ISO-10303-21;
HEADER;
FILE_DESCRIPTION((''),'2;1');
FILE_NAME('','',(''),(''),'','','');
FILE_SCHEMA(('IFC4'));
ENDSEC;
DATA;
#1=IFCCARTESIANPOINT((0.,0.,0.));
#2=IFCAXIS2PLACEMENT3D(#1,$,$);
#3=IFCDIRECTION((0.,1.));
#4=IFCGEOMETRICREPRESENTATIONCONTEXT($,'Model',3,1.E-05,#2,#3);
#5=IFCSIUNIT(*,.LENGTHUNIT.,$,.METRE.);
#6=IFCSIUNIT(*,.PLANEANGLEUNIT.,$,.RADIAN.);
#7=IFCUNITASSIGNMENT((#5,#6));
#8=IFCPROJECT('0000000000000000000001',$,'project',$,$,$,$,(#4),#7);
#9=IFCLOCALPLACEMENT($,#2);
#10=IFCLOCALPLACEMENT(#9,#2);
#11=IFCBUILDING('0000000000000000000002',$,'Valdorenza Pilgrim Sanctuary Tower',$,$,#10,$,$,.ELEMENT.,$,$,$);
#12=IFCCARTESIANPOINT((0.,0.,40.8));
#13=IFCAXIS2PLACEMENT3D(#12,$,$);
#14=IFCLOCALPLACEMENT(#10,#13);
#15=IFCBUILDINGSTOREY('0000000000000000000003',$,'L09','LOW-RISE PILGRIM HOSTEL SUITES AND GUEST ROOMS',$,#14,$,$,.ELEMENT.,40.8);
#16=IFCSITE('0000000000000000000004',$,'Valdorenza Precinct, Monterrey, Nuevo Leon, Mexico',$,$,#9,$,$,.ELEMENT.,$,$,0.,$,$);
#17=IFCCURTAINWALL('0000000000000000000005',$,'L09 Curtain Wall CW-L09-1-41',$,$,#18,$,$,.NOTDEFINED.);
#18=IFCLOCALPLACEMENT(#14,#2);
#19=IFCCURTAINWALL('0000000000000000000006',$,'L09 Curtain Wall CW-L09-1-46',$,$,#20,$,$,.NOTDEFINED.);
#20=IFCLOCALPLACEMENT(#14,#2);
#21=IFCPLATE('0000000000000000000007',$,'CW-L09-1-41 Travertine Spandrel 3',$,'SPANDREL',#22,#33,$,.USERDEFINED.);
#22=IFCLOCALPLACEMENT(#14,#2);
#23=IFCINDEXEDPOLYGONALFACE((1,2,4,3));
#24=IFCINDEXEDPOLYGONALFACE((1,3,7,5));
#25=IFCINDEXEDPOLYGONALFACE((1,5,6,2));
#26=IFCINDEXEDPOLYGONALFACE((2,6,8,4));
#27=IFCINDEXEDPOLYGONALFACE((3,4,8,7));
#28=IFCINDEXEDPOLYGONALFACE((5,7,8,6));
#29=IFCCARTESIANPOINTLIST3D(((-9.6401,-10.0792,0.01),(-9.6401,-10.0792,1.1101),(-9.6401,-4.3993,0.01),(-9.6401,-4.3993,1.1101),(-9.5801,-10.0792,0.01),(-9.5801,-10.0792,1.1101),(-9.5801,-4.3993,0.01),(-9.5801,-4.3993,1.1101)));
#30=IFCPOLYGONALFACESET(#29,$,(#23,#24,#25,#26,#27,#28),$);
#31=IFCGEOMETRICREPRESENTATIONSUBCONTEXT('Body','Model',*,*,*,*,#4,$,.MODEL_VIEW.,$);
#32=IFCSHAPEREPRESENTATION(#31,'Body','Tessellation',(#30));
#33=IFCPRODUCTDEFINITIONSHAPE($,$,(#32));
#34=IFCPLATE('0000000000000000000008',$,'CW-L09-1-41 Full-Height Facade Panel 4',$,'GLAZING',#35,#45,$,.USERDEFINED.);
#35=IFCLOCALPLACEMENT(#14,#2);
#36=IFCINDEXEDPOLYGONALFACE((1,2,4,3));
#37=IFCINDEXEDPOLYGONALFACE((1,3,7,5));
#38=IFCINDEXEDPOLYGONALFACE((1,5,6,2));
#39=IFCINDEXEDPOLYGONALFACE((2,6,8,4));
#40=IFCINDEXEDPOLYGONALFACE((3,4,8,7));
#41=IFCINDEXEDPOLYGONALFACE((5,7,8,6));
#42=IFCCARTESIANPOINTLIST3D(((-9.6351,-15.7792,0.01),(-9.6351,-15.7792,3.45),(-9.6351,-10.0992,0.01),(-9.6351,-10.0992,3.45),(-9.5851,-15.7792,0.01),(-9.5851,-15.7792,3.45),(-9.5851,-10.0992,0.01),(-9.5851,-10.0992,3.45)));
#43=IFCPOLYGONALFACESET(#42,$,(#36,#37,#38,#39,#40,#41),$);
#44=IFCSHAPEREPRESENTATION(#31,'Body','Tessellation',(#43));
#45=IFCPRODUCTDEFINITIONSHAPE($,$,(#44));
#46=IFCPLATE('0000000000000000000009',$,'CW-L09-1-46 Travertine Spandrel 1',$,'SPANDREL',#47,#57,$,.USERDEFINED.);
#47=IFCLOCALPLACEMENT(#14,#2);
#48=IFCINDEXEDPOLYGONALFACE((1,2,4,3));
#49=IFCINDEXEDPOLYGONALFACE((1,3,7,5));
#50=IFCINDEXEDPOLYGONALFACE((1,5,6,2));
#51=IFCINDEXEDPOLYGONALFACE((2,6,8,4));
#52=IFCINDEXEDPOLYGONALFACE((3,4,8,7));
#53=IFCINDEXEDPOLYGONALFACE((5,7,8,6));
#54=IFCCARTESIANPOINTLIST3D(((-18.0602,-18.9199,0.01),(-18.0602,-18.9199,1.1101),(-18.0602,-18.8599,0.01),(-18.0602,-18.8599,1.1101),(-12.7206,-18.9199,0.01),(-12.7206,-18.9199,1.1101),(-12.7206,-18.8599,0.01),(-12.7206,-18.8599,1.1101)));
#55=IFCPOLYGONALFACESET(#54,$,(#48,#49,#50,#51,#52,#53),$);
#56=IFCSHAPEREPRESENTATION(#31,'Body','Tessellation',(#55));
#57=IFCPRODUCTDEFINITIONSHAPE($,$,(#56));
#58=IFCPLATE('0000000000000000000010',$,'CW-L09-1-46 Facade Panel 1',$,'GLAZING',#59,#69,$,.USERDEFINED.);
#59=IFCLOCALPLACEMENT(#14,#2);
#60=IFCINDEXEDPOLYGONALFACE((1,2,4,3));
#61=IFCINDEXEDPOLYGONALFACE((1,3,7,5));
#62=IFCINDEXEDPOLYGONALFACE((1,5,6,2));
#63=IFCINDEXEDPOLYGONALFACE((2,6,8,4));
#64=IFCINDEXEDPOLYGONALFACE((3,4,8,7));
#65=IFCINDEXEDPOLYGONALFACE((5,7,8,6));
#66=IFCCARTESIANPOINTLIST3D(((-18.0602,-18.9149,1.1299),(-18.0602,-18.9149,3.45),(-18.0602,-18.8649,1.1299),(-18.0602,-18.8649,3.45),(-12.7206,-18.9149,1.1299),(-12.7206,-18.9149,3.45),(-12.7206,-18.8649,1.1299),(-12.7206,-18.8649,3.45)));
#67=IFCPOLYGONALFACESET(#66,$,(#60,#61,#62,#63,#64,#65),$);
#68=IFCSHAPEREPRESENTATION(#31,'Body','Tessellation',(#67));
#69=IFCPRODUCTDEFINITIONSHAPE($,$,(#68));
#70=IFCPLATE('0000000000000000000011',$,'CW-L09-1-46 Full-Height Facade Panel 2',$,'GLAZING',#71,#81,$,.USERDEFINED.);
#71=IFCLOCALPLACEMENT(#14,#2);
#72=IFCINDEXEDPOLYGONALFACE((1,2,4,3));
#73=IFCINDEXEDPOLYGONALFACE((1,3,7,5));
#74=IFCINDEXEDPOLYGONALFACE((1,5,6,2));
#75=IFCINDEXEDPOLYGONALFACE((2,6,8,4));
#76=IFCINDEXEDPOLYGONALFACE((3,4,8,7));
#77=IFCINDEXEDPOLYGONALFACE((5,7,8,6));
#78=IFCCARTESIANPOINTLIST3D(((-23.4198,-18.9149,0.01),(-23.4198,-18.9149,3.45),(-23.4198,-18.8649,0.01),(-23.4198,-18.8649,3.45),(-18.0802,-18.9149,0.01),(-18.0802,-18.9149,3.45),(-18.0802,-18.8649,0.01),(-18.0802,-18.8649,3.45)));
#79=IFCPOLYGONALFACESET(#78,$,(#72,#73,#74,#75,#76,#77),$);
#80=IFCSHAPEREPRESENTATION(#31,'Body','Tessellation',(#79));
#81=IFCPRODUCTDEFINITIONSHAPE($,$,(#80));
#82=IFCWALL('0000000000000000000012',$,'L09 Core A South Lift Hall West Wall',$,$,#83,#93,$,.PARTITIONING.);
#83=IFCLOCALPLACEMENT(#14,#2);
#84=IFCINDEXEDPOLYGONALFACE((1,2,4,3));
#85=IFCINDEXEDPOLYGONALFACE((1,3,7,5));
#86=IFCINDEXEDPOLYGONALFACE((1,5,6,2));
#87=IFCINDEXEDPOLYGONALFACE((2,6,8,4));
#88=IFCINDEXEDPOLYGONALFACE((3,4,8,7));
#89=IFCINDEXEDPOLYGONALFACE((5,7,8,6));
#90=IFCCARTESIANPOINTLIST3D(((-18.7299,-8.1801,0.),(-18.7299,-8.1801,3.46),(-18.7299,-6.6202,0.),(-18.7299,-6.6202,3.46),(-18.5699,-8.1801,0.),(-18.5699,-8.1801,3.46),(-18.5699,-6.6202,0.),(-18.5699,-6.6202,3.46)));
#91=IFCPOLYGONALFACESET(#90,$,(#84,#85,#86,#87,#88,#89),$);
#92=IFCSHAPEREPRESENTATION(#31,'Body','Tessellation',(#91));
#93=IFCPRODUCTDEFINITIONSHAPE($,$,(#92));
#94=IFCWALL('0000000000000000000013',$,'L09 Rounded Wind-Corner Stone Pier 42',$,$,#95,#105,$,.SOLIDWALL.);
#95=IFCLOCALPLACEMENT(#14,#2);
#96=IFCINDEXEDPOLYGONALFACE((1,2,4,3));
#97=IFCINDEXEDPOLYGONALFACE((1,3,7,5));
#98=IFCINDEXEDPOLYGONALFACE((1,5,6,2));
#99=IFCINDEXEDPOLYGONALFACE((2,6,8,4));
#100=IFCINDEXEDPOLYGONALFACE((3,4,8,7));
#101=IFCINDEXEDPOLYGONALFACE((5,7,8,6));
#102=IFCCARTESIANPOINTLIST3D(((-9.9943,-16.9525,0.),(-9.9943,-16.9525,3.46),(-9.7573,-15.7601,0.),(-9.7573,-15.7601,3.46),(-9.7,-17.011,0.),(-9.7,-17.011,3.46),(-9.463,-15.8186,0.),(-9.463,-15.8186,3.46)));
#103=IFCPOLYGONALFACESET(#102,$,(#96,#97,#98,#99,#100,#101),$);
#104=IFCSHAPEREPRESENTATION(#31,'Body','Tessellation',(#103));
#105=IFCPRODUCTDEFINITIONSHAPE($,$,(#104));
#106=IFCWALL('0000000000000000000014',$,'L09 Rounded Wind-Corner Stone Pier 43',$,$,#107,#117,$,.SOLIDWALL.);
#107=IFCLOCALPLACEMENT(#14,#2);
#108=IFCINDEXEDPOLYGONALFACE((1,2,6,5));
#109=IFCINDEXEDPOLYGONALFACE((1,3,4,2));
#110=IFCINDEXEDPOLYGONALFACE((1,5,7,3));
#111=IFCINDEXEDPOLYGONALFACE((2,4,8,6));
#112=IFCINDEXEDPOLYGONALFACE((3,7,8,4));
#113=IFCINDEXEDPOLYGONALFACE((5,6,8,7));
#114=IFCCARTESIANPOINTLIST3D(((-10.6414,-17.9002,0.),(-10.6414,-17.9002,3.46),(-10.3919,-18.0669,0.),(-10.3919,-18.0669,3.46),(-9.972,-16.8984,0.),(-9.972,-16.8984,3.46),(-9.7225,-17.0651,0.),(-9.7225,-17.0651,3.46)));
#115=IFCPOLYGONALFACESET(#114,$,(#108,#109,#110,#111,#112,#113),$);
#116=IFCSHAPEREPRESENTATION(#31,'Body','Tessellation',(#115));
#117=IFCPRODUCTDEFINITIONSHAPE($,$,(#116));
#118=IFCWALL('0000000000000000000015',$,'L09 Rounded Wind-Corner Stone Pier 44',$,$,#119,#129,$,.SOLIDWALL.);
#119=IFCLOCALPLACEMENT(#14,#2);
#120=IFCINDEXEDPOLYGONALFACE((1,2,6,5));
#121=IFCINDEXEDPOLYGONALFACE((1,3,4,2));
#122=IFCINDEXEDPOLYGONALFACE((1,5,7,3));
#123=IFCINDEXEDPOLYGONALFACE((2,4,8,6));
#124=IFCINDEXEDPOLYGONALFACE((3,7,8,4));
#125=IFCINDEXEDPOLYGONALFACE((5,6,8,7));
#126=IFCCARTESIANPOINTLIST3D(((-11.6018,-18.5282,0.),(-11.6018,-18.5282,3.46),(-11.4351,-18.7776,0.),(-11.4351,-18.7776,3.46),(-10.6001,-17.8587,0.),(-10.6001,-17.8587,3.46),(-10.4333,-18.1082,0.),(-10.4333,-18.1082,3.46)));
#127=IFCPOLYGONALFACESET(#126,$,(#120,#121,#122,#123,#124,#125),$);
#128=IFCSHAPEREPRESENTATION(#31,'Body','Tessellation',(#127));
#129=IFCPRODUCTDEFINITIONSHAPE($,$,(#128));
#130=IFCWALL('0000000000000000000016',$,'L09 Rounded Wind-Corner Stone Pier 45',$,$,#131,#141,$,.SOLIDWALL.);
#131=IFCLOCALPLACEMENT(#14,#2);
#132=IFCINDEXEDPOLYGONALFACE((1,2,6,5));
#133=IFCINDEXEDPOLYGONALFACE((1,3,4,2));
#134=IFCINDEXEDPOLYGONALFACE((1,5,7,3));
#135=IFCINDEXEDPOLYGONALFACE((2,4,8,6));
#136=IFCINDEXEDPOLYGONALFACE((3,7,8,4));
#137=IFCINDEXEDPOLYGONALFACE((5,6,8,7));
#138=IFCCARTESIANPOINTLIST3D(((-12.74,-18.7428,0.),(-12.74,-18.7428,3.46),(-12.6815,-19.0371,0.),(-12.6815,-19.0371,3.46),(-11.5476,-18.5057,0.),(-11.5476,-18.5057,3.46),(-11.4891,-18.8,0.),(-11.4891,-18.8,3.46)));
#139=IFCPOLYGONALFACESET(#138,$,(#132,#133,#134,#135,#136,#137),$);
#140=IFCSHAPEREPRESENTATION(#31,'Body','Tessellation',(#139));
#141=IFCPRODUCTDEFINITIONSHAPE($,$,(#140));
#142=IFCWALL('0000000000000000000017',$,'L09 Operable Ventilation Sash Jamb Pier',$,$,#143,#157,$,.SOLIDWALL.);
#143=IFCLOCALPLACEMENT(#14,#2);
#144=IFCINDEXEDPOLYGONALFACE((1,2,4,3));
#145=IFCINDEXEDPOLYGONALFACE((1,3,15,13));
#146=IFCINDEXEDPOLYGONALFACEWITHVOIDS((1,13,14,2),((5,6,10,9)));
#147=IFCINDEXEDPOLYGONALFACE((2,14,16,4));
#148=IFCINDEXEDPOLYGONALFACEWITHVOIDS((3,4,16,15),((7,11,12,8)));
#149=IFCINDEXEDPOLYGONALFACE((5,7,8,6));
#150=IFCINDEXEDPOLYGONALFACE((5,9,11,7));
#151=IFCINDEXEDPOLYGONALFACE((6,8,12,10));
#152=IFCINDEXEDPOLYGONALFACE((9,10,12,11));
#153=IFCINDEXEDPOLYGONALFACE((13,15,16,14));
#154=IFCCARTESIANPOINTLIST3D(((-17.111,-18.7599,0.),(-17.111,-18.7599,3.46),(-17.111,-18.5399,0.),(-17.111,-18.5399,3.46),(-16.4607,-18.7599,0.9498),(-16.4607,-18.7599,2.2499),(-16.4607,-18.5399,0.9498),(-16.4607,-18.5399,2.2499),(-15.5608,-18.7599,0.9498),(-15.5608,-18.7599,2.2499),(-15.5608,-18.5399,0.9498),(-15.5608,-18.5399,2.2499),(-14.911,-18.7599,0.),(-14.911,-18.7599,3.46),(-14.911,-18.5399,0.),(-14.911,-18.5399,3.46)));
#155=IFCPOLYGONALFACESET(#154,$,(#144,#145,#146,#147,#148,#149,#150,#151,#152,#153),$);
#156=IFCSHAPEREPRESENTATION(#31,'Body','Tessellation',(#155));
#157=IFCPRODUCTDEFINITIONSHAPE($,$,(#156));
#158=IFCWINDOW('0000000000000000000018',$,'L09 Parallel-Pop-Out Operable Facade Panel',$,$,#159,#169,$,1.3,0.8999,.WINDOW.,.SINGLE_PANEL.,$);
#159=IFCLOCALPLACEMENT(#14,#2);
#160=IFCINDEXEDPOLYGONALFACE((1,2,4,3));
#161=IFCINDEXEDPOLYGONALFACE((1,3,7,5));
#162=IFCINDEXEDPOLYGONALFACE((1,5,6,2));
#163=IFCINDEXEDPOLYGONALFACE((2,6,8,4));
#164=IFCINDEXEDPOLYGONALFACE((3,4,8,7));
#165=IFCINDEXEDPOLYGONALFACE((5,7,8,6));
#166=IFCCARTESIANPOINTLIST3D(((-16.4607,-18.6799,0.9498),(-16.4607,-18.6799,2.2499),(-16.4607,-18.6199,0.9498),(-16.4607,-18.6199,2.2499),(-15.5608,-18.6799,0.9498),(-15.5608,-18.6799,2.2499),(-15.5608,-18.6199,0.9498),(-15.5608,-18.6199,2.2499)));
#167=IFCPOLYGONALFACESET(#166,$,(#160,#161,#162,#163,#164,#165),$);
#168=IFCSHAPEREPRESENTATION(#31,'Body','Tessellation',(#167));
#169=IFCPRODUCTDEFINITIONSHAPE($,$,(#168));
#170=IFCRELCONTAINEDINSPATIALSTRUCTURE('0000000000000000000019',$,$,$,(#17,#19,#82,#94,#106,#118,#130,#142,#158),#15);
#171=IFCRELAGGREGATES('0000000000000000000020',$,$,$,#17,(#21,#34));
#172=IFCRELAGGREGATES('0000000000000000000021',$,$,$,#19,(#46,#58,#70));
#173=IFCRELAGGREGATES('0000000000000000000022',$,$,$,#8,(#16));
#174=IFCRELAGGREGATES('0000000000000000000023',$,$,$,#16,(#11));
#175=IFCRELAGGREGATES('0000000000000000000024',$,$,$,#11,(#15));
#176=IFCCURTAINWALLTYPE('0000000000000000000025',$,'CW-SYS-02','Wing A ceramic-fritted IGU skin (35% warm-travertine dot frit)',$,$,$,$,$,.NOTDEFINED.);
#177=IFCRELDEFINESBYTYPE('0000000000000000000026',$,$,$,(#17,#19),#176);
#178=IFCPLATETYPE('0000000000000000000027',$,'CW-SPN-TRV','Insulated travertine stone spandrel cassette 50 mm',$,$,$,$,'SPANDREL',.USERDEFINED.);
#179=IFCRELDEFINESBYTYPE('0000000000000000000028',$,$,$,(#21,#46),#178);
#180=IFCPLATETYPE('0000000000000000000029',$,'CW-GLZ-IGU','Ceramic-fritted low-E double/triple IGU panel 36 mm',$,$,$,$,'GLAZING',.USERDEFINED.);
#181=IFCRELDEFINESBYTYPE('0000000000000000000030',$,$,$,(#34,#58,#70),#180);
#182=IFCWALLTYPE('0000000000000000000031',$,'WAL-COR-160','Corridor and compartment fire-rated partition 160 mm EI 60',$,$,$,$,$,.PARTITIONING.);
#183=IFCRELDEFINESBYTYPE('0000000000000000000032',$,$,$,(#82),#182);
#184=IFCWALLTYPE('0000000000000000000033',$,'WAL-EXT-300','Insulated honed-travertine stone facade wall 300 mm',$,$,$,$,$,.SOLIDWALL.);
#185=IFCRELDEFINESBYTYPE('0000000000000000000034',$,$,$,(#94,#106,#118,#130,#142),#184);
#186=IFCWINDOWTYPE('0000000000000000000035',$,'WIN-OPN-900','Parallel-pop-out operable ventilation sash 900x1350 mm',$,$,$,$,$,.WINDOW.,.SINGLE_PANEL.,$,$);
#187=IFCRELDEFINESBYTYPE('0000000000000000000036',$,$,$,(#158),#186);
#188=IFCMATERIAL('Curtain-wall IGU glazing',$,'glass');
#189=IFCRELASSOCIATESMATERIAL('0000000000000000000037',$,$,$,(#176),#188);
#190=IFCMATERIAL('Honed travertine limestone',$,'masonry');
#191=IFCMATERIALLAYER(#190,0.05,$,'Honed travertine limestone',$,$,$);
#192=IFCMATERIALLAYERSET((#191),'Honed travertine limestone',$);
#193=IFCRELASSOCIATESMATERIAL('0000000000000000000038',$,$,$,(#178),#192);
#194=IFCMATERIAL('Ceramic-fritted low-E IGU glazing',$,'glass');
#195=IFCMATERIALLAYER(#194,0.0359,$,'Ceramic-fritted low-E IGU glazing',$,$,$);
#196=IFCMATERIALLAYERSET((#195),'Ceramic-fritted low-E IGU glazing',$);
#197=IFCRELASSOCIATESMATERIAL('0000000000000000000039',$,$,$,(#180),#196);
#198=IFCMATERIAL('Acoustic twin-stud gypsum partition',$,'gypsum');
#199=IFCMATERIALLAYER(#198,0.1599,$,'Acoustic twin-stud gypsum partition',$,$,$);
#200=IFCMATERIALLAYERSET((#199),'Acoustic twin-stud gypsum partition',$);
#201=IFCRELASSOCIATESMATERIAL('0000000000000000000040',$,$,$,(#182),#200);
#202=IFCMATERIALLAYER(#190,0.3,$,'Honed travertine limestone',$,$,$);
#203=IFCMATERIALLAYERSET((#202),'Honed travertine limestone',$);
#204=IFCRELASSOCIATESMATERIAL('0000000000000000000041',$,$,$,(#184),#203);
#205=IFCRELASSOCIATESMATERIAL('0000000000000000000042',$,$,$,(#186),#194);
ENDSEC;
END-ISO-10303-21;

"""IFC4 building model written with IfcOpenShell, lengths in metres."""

from ifc_helpers import new_model, si_unit, direction, frame, frame_2d, origin, origin_2d, place, context, subcontext, project, spatial, rectangle, extrude, source, transform, mapped, material, layer, layer_set, type_object, element, fill, aggregate, save


model = new_model("IFC4")

# Units and contexts
model_context = context("Model", 3, precision=1e-05, world=origin(), true_north=direction((0.0, 1.0)))
body_context = subcontext(model_context, "Body", "Model", "MODEL_VIEW")
ifc_project = project(units=[si_unit("LENGTHUNIT", "METRE"), si_unit("PLANEANGLEUNIT", "RADIAN")], contexts=[model_context])

# Site, building, storey
site_placement = place(None, origin())
site = spatial("IfcSite", under=ifc_project, at=site_placement, Name="Valdorenza Precinct, Monterrey, Nuevo Leon, Mexico", CompositionType="ELEMENT", RefElevation=0.0)
building_placement = place(site_placement, origin())
building = spatial("IfcBuilding", under=site, at=building_placement, Name="Valdorenza Pilgrim Sanctuary Tower", CompositionType="ELEMENT")
storey_placement = place(building_placement, frame((0.0, 0.0, 40.8)))
storey = spatial("IfcBuildingStorey", under=building, at=storey_placement, Name="L09", Description="LOW-RISE PILGRIM HOSTEL SUITES AND GUEST ROOMS", CompositionType="ELEMENT", Elevation=40.8)

# Curtain walls
ifc_material_1 = material(Name="Curtain-wall IGU glazing", Category="glass")
curtain_wall_type = type_object("IfcCurtainWallType", Name="CW-SYS-02", Description="Wing A ceramic-fritted IGU skin (35% warm-travertine dot frit)", PredefinedType="NOTDEFINED", material=ifc_material_1)
curtain_wall_1_placement = place(storey_placement, origin())
curtain_wall_1 = element("IfcCurtainWall", 1, at=curtain_wall_1_placement, inside=storey, type_object=curtain_wall_type, Name="L09 Curtain Wall CW-L09-1-41", PredefinedType="NOTDEFINED")
curtain_wall_2_placement = place(storey_placement, origin())
curtain_wall_2 = element("IfcCurtainWall", 2, at=curtain_wall_2_placement, inside=storey, type_object=curtain_wall_type, Name="L09 Curtain Wall CW-L09-1-46", PredefinedType="NOTDEFINED")

# Plates
ifc_material_2 = material(Name="Honed travertine limestone", Category="masonry")
ifc_layer_1 = layer(ifc_material_2, 0.05, Name="Honed travertine limestone")
ifc_layer_set_1 = layer_set([ifc_layer_1], Name="Honed travertine limestone")
plate_type_1 = type_object("IfcPlateType", Name="CW-SPN-TRV", Description="Insulated travertine stone spandrel cassette 50 mm", ElementType="SPANDREL", PredefinedType="USERDEFINED", material=ifc_layer_set_1)
shared_shape_1 = source(origin(), body_context, "Body", "SweptSolid", [
    extrude(rectangle(XDim=5.6799, YDim=0.0601, at=origin_2d()), origin(), (0.0, 0.0, 1.0), 1.1001),
])
plate_1_placement = place(storey_placement, frame((-9.6101, -7.2393, 0.01), z_axis=(0.0, 0.0, 1.0), x_axis=(0.0, -1.0, 0.0)))
plate_1 = element("IfcPlate", 3, at=plate_1_placement, type_object=plate_type_1, Name="CW-L09-1-41 Travertine Spandrel 3", ObjectType="SPANDREL", PredefinedType="USERDEFINED", context=body_context, shape_type="MappedRepresentation", body=[
    mapped(shared_shape_1, transform((0.0, 0.0, 0.0), x_axis=(1.0, 0.0, 0.0), y_axis=(0.0, 1.0, 0.0), z_axis=(0.0, 0.0, 1.0), scale=1.0)),
])
ifc_material_3 = material(Name="Ceramic-fritted low-E IGU glazing", Category="glass")
ifc_layer_2 = layer(ifc_material_3, 0.0359, Name="Ceramic-fritted low-E IGU glazing")
ifc_layer_set_2 = layer_set([ifc_layer_2], Name="Ceramic-fritted low-E IGU glazing")
plate_type_2 = type_object("IfcPlateType", Name="CW-GLZ-IGU", Description="Ceramic-fritted low-E double/triple IGU panel 36 mm", ElementType="GLAZING", PredefinedType="USERDEFINED", material=ifc_layer_set_2)
shared_shape_2 = source(origin(), body_context, "Body", "SweptSolid", [
    extrude(rectangle(XDim=5.6799, YDim=0.05, at=origin_2d()), origin(), (0.0, 0.0, 1.0), 3.4399),
])
plate_2_placement = place(storey_placement, frame((-9.6101, -12.9392, 0.01), z_axis=(0.0, 0.0, 1.0), x_axis=(0.0, -1.0, 0.0)))
plate_2 = element("IfcPlate", 4, at=plate_2_placement, type_object=plate_type_2, Name="CW-L09-1-41 Full-Height Facade Panel 4", ObjectType="GLAZING", PredefinedType="USERDEFINED", context=body_context, shape_type="MappedRepresentation", body=[
    mapped(shared_shape_2, transform((0.0, 0.0, 0.0), x_axis=(1.0, 0.0, 0.0), y_axis=(0.0, 1.0, 0.0), z_axis=(0.0, 0.0, 1.0), scale=1.0)),
])
aggregate(curtain_wall_1, [plate_1, plate_2])
shared_shape_3 = source(origin(), body_context, "Body", "SweptSolid", [
    extrude(rectangle(XDim=5.3396, YDim=0.0601, at=origin_2d()), origin(), (0.0, 0.0, 1.0), 1.1001),
])
plate_3_placement = place(storey_placement, frame((-15.3904, -18.8899, 0.01), z_axis=(0.0, 0.0, 1.0), x_axis=(-1.0, 0.0, 0.0)))
plate_3 = element("IfcPlate", 5, at=plate_3_placement, type_object=plate_type_1, Name="CW-L09-1-46 Travertine Spandrel 1", ObjectType="SPANDREL", PredefinedType="USERDEFINED", context=body_context, shape_type="MappedRepresentation", body=[
    mapped(shared_shape_3, transform((0.0, 0.0, 0.0), x_axis=(1.0, 0.0, 0.0), y_axis=(0.0, 1.0, 0.0), z_axis=(0.0, 0.0, 1.0), scale=1.0)),
])
shared_shape_4 = source(origin(), body_context, "Body", "SweptSolid", [
    extrude(rectangle(XDim=5.3396, YDim=0.05, at=origin_2d()), origin(), (0.0, 0.0, 1.0), 2.3201),
])
plate_4_placement = place(storey_placement, frame((-15.3904, -18.8899, 1.1299), z_axis=(0.0, 0.0, 1.0), x_axis=(-1.0, 0.0, 0.0)))
plate_4 = element("IfcPlate", 6, at=plate_4_placement, type_object=plate_type_2, Name="CW-L09-1-46 Facade Panel 1", ObjectType="GLAZING", PredefinedType="USERDEFINED", context=body_context, shape_type="MappedRepresentation", body=[
    mapped(shared_shape_4, transform((0.0, 0.0, 0.0), x_axis=(1.0, 0.0, 0.0), y_axis=(0.0, 1.0, 0.0), z_axis=(0.0, 0.0, 1.0), scale=1.0)),
])
shared_shape_5 = source(origin(), body_context, "Body", "SweptSolid", [
    extrude(rectangle(XDim=5.3396, YDim=0.05, at=origin_2d()), origin(), (0.0, 0.0, 1.0), 3.4399),
])
plate_5_placement = place(storey_placement, frame((-20.75, -18.8899, 0.01), z_axis=(0.0, 0.0, 1.0), x_axis=(-1.0, 0.0, 0.0)))
plate_5 = element("IfcPlate", 7, at=plate_5_placement, type_object=plate_type_2, Name="CW-L09-1-46 Full-Height Facade Panel 2", ObjectType="GLAZING", PredefinedType="USERDEFINED", context=body_context, shape_type="MappedRepresentation", body=[
    mapped(shared_shape_5, transform((0.0, 0.0, 0.0), x_axis=(1.0, 0.0, 0.0), y_axis=(0.0, 1.0, 0.0), z_axis=(0.0, 0.0, 1.0), scale=1.0)),
])
aggregate(curtain_wall_2, [plate_3, plate_4, plate_5])

# Walls
ifc_material_4 = material(Name="Acoustic twin-stud gypsum partition", Category="gypsum")
ifc_layer_3 = layer(ifc_material_4, 0.1599, Name="Acoustic twin-stud gypsum partition")
ifc_layer_set_3 = layer_set([ifc_layer_3], Name="Acoustic twin-stud gypsum partition")
wall_type_1 = type_object("IfcWallType", Name="WAL-COR-160", Description="Corridor and compartment fire-rated partition 160 mm EI 60", PredefinedType="PARTITIONING", material=ifc_layer_set_3)
wall_1_placement = place(storey_placement, frame((-18.6499, -8.1799, 0.0), z_axis=(0.0, 0.0, 1.0), x_axis=(0.0, 1.0, 0.0)))
element("IfcWall", 8, at=wall_1_placement, inside=storey, type_object=wall_type_1, Name="L09 Core A South Lift Hall West Wall", PredefinedType="PARTITIONING", context=body_context, shape_type="SweptSolid", body=[
    extrude(rectangle(XDim=1.5598, YDim=0.1599, at=frame_2d((0.7798, 0.0))), origin(), (0.0, 0.0, 1.0), 3.46),
])
ifc_layer_4 = layer(ifc_material_2, 0.3, Name="Honed travertine limestone")
ifc_layer_set_4 = layer_set([ifc_layer_4], Name="Honed travertine limestone")
wall_type_2 = type_object("IfcWallType", Name="WAL-EXT-300", Description="Insulated honed-travertine stone facade wall 300 mm", PredefinedType="SOLIDWALL", material=ifc_layer_set_4)
wall_2_placement = place(storey_placement, frame((-9.6101, -15.7893, 0.0), z_axis=(0.0, 0.0, 1.0), x_axis=(-0.194996, -0.980804, 0.0)))
element("IfcWall", 9, at=wall_2_placement, inside=storey, type_object=wall_type_2, Name="L09 Rounded Wind-Corner Stone Pier 42", PredefinedType="SOLIDWALL", context=body_context, shape_type="SweptSolid", body=[
    extrude(rectangle(XDim=1.2158, YDim=0.3, at=frame_2d((0.6079, 0.0))), origin(), (0.0, 0.0, 1.0), 3.46),
])
for number, where, z_axis, x_axis, name in (
    (10, (-9.8472, -16.9817, 0.0), (0.0, 0.0, 1.0), (-0.555635, -0.831426, 0.0), "L09 Rounded Wind-Corner Stone Pier 43"),
    (11, (-10.5166, -17.9834, 0.0), (0.0, 0.0, 1.0), (-0.831426, -0.555635, 0.0), "L09 Rounded Wind-Corner Stone Pier 44"),
):
    element("IfcWall", number, at=place(storey_placement, frame(where, z_axis=z_axis, x_axis=x_axis)), inside=storey, type_object=wall_type_2, Name=name, PredefinedType="SOLIDWALL", context=body_context, shape_type="SweptSolid", body=[
        extrude(rectangle(XDim=1.2048, YDim=0.3, at=frame_2d((0.6025, 0.0))), origin(), (0.0, 0.0, 1.0), 3.46),
    ])
wall_3_placement = place(storey_placement, frame((-11.5183, -18.6528, 0.0), z_axis=(0.0, 0.0, 1.0), x_axis=(-0.980804, -0.194996, 0.0)))
element("IfcWall", 12, at=wall_3_placement, inside=storey, type_object=wall_type_2, Name="L09 Rounded Wind-Corner Stone Pier 45", PredefinedType="SOLIDWALL", context=body_context, shape_type="SweptSolid", body=[
    extrude(rectangle(XDim=1.2158, YDim=0.3, at=frame_2d((0.6079, 0.0))), origin(), (0.0, 0.0, 1.0), 3.46),
])

# Wall, opening, window
wall_4_placement = place(storey_placement, frame((-14.9109, -18.6499, 0.0), z_axis=(0.0, 0.0, 1.0), x_axis=(-1.0, 0.0, 0.0)))
wall_4 = element("IfcWall", 13, at=wall_4_placement, inside=storey, type_object=wall_type_2, Name="L09 Operable Ventilation Sash Jamb Pier", PredefinedType="SOLIDWALL", context=body_context, shape_type="SweptSolid", body=[
    extrude(rectangle(XDim=2.2, YDim=0.22, at=frame_2d((1.1001, 0.0))), origin(), (0.0, 0.0, 1.0), 3.46),
])
opening_1_placement = place(wall_4_placement, frame((0.6499, 0.0, 0.95)))
opening_1 = element("IfcOpeningElement", 14, at=opening_1_placement, cuts=wall_4, PredefinedType="OPENING", context=body_context, shape_type="SweptSolid", body=[
    extrude(rectangle(XDim=0.8999, YDim=1.3, at=frame_2d((0.45, 0.6499))), frame((0.0, 0.125, 0.0), z_axis=(0.0, -1.0, 0.0), x_axis=(1.0, 0.0, 0.0)), (0.0, 0.0, 1.0), 0.2498),
])
window_type = type_object("IfcWindowType", Name="WIN-OPN-900", Description="Parallel-pop-out operable ventilation sash 900x1350 mm", PartitioningType="SINGLE_PANEL", PredefinedType="WINDOW", material=ifc_material_3)
window_placement = place(opening_1_placement, origin())
window = element("IfcWindow", 15, at=window_placement, inside=storey, type_object=window_type, Name="L09 Parallel-Pop-Out Operable Facade Panel", OverallHeight=1.3, OverallWidth=0.8999, PartitioningType="SINGLE_PANEL", PredefinedType="WINDOW", context=body_context, shape_type="SweptSolid", body=[
    extrude(rectangle(XDim=0.8999, YDim=1.3, at=frame_2d((0.45, 0.6499))), frame((0.0, 0.03, 0.0), z_axis=(0.0, -1.0, 0.0), x_axis=(1.0, 0.0, 0.0)), (0.0, 0.0, 1.0), 0.0601),
])
fill(opening_1, window)

save(model, "model.ifc")
